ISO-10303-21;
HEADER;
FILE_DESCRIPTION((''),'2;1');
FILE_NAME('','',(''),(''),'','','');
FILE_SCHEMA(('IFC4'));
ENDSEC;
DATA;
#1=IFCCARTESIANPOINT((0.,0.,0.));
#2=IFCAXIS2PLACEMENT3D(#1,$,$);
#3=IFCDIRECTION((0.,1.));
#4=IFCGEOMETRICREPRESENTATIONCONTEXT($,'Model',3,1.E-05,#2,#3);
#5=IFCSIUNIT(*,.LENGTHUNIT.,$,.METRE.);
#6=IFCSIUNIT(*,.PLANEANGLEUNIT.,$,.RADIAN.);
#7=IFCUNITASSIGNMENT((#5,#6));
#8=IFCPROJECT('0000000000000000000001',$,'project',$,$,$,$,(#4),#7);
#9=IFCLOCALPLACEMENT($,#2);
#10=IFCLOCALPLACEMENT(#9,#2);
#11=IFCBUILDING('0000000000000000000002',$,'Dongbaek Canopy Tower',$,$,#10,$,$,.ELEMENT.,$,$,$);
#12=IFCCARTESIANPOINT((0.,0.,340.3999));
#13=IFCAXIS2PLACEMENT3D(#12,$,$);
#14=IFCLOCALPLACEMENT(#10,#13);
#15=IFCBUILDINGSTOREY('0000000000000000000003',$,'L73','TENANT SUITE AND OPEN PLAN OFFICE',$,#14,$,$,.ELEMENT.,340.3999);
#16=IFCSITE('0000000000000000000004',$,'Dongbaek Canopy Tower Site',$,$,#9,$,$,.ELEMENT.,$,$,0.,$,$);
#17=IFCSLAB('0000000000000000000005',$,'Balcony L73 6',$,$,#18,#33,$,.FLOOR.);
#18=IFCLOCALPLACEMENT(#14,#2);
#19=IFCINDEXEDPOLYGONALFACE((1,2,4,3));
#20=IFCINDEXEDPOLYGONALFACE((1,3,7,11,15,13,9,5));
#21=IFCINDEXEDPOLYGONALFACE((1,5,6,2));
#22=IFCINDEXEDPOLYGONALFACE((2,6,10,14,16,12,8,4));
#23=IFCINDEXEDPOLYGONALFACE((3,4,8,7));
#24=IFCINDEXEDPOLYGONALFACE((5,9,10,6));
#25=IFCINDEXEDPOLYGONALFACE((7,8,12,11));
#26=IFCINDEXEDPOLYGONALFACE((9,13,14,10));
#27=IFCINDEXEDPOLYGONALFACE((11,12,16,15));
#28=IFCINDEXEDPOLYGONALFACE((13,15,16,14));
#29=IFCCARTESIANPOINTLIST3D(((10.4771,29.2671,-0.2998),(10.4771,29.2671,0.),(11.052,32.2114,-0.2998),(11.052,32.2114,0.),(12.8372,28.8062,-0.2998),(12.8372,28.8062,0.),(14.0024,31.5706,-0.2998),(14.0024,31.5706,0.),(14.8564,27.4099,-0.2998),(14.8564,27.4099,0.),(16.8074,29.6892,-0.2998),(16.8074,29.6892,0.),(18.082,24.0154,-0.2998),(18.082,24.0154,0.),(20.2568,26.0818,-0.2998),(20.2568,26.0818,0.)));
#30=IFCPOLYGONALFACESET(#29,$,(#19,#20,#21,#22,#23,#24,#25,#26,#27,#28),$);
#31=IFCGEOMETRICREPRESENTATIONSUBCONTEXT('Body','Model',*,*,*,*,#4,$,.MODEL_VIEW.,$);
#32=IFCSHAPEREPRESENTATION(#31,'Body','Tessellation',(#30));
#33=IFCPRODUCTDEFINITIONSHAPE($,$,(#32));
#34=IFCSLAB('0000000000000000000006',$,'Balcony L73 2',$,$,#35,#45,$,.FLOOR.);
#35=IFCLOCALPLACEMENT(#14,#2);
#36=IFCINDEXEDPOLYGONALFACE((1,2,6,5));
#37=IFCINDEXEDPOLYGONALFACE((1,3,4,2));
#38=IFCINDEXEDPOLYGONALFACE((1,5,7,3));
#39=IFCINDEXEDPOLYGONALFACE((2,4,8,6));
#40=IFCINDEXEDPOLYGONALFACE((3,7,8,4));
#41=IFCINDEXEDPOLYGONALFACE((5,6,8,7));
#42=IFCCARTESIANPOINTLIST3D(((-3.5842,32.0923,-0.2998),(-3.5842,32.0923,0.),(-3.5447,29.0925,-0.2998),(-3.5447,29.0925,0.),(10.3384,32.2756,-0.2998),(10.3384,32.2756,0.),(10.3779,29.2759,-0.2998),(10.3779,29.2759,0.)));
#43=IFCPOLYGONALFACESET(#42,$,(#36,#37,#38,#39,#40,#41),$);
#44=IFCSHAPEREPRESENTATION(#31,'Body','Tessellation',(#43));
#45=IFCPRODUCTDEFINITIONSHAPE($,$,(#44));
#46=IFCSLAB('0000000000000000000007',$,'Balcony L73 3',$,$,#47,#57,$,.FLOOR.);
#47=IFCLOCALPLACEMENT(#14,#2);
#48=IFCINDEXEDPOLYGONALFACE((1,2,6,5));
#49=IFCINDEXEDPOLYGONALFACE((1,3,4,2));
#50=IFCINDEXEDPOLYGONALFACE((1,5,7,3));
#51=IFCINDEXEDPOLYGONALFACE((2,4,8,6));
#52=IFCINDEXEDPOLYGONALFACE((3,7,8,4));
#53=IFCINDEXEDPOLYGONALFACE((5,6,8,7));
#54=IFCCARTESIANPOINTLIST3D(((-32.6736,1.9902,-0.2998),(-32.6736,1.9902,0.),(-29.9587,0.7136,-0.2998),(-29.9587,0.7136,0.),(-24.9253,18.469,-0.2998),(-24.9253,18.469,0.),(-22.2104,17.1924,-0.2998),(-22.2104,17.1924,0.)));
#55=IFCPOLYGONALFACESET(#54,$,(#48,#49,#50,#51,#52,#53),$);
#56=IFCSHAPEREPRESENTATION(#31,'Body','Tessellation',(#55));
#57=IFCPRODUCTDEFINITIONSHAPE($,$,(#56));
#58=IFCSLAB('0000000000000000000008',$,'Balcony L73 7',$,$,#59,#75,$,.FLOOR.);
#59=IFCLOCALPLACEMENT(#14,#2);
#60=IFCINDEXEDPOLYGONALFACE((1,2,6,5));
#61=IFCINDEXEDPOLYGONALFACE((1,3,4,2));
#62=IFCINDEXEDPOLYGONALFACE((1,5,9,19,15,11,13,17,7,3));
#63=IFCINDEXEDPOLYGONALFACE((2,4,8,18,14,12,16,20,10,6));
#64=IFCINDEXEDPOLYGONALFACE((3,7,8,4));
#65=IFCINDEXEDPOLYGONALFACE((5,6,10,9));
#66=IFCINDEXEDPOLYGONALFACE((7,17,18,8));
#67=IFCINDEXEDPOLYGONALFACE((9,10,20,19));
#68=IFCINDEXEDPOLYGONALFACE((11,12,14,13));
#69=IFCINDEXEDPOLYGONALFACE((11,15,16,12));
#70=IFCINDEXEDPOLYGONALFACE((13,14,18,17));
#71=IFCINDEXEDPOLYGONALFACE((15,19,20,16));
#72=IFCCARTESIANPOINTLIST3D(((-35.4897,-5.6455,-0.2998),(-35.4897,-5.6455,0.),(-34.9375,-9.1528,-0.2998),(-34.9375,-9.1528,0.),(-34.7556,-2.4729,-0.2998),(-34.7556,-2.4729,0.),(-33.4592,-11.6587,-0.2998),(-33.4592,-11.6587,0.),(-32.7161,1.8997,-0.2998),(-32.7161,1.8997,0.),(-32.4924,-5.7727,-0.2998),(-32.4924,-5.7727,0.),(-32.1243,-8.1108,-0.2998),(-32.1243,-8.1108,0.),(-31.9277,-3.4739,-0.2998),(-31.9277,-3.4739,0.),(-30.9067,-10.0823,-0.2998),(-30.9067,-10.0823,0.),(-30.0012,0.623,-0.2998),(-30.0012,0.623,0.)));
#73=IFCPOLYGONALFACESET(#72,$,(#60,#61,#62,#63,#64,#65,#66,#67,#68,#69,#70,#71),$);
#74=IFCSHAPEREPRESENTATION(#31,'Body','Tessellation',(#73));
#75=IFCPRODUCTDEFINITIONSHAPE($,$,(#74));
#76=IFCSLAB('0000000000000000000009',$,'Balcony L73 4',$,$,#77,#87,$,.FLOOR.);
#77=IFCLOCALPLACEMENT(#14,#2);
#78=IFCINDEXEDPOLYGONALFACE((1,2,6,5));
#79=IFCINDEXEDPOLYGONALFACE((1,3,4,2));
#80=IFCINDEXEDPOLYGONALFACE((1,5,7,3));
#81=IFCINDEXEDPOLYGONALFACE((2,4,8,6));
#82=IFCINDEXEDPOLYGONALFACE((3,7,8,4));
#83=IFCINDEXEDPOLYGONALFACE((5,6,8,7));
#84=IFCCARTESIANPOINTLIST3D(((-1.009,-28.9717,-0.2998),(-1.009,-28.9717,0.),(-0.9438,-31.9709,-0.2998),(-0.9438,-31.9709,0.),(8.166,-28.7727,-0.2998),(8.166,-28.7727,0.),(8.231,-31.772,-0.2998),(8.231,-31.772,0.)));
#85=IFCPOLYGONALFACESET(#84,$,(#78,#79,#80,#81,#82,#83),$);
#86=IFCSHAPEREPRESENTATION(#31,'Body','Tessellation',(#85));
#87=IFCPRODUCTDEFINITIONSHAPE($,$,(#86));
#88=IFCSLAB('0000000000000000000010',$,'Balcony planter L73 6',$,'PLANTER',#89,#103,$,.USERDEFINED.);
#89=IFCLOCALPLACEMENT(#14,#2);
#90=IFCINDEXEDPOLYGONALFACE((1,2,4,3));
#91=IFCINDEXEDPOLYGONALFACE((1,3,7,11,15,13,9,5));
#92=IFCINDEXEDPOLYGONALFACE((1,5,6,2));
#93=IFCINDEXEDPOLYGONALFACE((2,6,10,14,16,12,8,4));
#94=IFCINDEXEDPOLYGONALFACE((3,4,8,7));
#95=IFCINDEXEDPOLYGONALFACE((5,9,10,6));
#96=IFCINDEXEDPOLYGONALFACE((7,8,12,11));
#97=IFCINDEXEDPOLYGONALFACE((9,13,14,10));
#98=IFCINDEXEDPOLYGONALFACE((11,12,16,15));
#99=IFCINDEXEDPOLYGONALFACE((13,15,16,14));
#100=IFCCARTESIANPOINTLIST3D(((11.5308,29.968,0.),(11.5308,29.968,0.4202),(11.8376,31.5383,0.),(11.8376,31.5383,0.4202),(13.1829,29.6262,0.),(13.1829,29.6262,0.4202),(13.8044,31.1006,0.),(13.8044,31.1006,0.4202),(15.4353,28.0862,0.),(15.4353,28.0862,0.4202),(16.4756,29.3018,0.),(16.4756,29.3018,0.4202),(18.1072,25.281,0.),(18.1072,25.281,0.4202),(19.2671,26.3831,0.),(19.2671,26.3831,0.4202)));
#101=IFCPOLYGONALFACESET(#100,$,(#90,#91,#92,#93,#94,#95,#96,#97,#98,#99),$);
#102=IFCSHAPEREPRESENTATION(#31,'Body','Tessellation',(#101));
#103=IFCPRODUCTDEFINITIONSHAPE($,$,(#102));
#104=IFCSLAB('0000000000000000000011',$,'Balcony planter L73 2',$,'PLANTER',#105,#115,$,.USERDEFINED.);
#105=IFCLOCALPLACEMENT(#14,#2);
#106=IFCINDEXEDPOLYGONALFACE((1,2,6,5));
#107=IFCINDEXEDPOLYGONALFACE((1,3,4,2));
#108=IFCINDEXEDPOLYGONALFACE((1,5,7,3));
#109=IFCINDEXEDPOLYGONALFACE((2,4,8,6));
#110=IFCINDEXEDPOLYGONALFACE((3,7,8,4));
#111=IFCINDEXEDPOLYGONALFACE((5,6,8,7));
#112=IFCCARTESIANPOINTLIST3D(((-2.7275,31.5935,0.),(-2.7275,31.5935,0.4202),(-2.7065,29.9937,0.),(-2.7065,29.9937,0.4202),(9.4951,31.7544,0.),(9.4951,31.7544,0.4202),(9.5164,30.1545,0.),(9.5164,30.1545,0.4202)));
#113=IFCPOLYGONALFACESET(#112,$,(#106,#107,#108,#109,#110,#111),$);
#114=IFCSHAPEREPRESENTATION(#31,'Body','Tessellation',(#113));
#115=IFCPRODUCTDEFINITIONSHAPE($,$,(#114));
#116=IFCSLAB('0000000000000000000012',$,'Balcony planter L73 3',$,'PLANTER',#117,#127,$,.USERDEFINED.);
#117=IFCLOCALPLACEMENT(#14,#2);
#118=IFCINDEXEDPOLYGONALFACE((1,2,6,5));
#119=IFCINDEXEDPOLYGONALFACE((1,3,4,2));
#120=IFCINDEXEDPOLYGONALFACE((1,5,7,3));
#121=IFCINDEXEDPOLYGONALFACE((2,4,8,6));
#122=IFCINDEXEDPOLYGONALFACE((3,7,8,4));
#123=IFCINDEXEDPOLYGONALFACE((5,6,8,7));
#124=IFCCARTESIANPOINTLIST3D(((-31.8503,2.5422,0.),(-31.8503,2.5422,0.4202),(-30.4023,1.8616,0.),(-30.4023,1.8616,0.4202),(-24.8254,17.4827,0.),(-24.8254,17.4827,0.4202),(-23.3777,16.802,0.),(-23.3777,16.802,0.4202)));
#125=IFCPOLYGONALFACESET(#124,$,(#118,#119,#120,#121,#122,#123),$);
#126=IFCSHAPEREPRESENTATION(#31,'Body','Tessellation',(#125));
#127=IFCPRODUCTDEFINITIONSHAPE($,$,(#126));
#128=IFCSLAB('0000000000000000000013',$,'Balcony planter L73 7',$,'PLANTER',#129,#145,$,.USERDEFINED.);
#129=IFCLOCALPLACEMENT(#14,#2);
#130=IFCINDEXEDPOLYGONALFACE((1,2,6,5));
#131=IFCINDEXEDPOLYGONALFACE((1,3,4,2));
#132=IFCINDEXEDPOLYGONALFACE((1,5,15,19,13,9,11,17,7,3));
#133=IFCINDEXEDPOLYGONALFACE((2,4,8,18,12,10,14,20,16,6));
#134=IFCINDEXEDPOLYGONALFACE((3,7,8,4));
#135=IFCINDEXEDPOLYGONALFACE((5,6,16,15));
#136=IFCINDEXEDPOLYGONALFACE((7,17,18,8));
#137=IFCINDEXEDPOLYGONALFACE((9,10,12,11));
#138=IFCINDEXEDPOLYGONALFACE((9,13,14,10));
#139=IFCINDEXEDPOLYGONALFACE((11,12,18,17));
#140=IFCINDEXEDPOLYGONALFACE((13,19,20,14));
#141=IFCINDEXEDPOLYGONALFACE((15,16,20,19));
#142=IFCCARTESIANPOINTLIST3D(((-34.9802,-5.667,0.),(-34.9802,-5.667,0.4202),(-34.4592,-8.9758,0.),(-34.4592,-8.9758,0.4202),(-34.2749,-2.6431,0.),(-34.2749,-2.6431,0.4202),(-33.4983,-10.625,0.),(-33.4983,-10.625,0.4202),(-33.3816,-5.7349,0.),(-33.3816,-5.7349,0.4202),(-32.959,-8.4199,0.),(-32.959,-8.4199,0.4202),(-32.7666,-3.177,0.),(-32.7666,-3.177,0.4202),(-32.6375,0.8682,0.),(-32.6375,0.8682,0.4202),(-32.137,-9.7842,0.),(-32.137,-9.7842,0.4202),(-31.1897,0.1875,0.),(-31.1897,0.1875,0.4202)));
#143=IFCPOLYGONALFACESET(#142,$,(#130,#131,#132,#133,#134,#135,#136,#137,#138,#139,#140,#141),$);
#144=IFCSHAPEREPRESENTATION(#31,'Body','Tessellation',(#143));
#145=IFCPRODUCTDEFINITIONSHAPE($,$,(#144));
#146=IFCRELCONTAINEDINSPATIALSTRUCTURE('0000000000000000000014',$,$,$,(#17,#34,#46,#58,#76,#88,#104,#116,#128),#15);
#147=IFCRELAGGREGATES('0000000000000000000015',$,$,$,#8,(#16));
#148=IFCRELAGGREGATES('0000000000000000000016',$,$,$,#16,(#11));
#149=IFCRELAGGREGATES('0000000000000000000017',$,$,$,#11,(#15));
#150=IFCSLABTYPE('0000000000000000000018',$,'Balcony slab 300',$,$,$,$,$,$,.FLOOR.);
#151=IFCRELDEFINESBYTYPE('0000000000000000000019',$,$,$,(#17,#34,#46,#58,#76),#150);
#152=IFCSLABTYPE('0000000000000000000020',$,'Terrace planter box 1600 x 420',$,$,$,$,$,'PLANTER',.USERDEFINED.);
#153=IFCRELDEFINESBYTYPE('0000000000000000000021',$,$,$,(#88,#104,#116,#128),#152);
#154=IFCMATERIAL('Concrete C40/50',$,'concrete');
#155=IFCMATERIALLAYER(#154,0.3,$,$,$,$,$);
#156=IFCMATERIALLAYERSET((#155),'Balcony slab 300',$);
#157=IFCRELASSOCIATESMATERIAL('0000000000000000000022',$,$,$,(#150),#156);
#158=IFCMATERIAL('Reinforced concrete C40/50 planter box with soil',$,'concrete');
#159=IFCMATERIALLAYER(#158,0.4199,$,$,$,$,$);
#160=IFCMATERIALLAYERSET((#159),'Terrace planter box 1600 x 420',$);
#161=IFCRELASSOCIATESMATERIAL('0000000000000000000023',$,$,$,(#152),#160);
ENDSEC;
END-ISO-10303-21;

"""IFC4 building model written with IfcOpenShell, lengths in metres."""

from ifc_helpers import new_model, si_unit, direction, frame, origin, place, context, subcontext, project, spatial, polyline, outline, extrude, material, layer, layer_set, type_object, element, save


model = new_model("IFC4")

# Units and contexts
model_context = context("Model", 3, precision=1e-05, world=origin(), true_north=direction((0.0, 1.0)))
body_context = subcontext(model_context, "Body", "Model", "MODEL_VIEW")
ifc_project = project(units=[si_unit("LENGTHUNIT", "METRE"), si_unit("PLANEANGLEUNIT", "RADIAN")], contexts=[model_context])

# Site, building, storey
site_placement = place(None, origin())
site = spatial("IfcSite", under=ifc_project, at=site_placement, Name="Dongbaek Canopy Tower Site", CompositionType="ELEMENT", RefElevation=0.0)
building_placement = place(site_placement, origin())
building = spatial("IfcBuilding", under=site, at=building_placement, Name="Dongbaek Canopy Tower", CompositionType="ELEMENT")
storey_placement = place(building_placement, frame((0.0, 0.0, 340.3999)))
storey = spatial("IfcBuildingStorey", under=building, at=storey_placement, Name="L73", Description="TENANT SUITE AND OPEN PLAN OFFICE", CompositionType="ELEMENT", Elevation=340.3999)

# Slabs
ifc_material_1 = material(Name="Concrete C40/50", Category="concrete")
ifc_layer_1 = layer(ifc_material_1, 0.3)
ifc_layer_set_1 = layer_set([ifc_layer_1], Name="Balcony slab 300")
slab_type_1 = type_object("IfcSlabType", Name="Balcony slab 300", PredefinedType="FLOOR", material=ifc_layer_set_1)
slab_1_placement = place(storey_placement, frame((0.0, 0.0, -0.2998)))
element("IfcSlab", 1, at=slab_1_placement, inside=storey, type_object=slab_type_1, Name="Balcony L73 6", PredefinedType="FLOOR", context=body_context, shape_type="SweptSolid", body=[
    extrude(outline(polyline([(18.082, 24.0154), (14.8564, 27.4099), (12.8372, 28.8062), (10.4771, 29.2671), (11.052, 32.2114), (14.0024, 31.5706), (16.8074, 29.6892), (20.2568, 26.0818), (18.082, 24.0154)])), origin(), (0.0, 0.0, 1.0), 0.2998),
])
slab_2_placement = place(storey_placement, frame((0.0, 0.0, -0.2998)))
element("IfcSlab", 2, at=slab_2_placement, inside=storey, type_object=slab_type_1, Name="Balcony L73 2", PredefinedType="FLOOR", context=body_context, shape_type="SweptSolid", body=[
    extrude(outline(polyline([(10.3779, 29.2759), (-3.5447, 29.0925), (-3.5842, 32.0923), (10.3384, 32.2756), (10.3779, 29.2759)])), origin(), (0.0, 0.0, 1.0), 0.2998),
])
slab_3_placement = place(storey_placement, frame((0.0, 0.0, -0.2998)))
element("IfcSlab", 3, at=slab_3_placement, inside=storey, type_object=slab_type_1, Name="Balcony L73 3", PredefinedType="FLOOR", context=body_context, shape_type="SweptSolid", body=[
    extrude(outline(polyline([(-22.2104, 17.1924), (-29.9587, 0.7136), (-32.6736, 1.9902), (-24.9253, 18.469), (-22.2104, 17.1924)])), origin(), (0.0, 0.0, 1.0), 0.2998),
])
slab_4_placement = place(storey_placement, frame((0.0, 0.0, -0.2998)))
element("IfcSlab", 4, at=slab_4_placement, inside=storey, type_object=slab_type_1, Name="Balcony L73 7", PredefinedType="FLOOR", context=body_context, shape_type="SweptSolid", body=[
    extrude(outline(polyline([(-30.0012, 0.623), (-31.9277, -3.4739), (-32.4924, -5.7727), (-32.1243, -8.1108), (-30.9067, -10.0823), (-33.4592, -11.6587), (-34.9375, -9.1528), (-35.4897, -5.6455), (-34.7556, -2.4729), (-32.7161, 1.8997), (-30.0012, 0.623)])), origin(), (0.0, 0.0, 1.0), 0.2998),
])
slab_5_placement = place(storey_placement, frame((0.0, 0.0, -0.2998)))
element("IfcSlab", 5, at=slab_5_placement, inside=storey, type_object=slab_type_1, Name="Balcony L73 4", PredefinedType="FLOOR", context=body_context, shape_type="SweptSolid", body=[
    extrude(outline(polyline([(-1.009, -28.9717), (8.166, -28.7727), (8.231, -31.772), (-0.9438, -31.9709), (-1.009, -28.9717)])), origin(), (0.0, 0.0, 1.0), 0.2998),
])
ifc_material_2 = material(Name="Reinforced concrete C40/50 planter box with soil", Category="concrete")
ifc_layer_2 = layer(ifc_material_2, 0.4199)
ifc_layer_set_2 = layer_set([ifc_layer_2], Name="Terrace planter box 1600 x 420")
slab_type_2 = type_object("IfcSlabType", Name="Terrace planter box 1600 x 420", ElementType="PLANTER", PredefinedType="USERDEFINED", material=ifc_layer_set_2)
slab_6_placement = place(storey_placement, origin())
element("IfcSlab", 6, at=slab_6_placement, inside=storey, type_object=slab_type_2, Name="Balcony planter L73 6", ObjectType="PLANTER", PredefinedType="USERDEFINED", context=body_context, shape_type="SweptSolid", body=[
    extrude(outline(polyline([(18.1072, 25.281), (15.4353, 28.0862), (13.1829, 29.6262), (11.5308, 29.968), (11.8376, 31.5383), (13.8044, 31.1006), (16.4756, 29.3018), (19.2671, 26.3831), (18.1072, 25.281)])), origin(), (0.0, 0.0, 1.0), 0.4202),
])
slab_7_placement = place(storey_placement, origin())
element("IfcSlab", 7, at=slab_7_placement, inside=storey, type_object=slab_type_2, Name="Balcony planter L73 2", ObjectType="PLANTER", PredefinedType="USERDEFINED", context=body_context, shape_type="SweptSolid", body=[
    extrude(outline(polyline([(9.5164, 30.1545), (-2.7065, 29.9937), (-2.7275, 31.5935), (9.4951, 31.7544), (9.5164, 30.1545)])), origin(), (0.0, 0.0, 1.0), 0.4202),
])
slab_8_placement = place(storey_placement, origin())
element("IfcSlab", 8, at=slab_8_placement, inside=storey, type_object=slab_type_2, Name="Balcony planter L73 3", ObjectType="PLANTER", PredefinedType="USERDEFINED", context=body_context, shape_type="SweptSolid", body=[
    extrude(outline(polyline([(-23.3777, 16.802), (-30.4023, 1.8616), (-31.8503, 2.5422), (-24.8254, 17.4827), (-23.3777, 16.802)])), origin(), (0.0, 0.0, 1.0), 0.4202),
])
slab_9_placement = place(storey_placement, origin())
element("IfcSlab", 9, at=slab_9_placement, inside=storey, type_object=slab_type_2, Name="Balcony planter L73 7", ObjectType="PLANTER", PredefinedType="USERDEFINED", context=body_context, shape_type="SweptSolid", body=[
    extrude(outline(polyline([(-31.1897, 0.1875), (-32.7666, -3.177), (-33.3816, -5.7349), (-32.959, -8.4199), (-32.137, -9.7842), (-33.4983, -10.625), (-34.4592, -8.9758), (-34.9802, -5.667), (-34.2749, -2.6431), (-32.6375, 0.8682), (-31.1897, 0.1875)])), origin(), (0.0, 0.0, 1.0), 0.4202),
])

save(model, "model.ifc")
